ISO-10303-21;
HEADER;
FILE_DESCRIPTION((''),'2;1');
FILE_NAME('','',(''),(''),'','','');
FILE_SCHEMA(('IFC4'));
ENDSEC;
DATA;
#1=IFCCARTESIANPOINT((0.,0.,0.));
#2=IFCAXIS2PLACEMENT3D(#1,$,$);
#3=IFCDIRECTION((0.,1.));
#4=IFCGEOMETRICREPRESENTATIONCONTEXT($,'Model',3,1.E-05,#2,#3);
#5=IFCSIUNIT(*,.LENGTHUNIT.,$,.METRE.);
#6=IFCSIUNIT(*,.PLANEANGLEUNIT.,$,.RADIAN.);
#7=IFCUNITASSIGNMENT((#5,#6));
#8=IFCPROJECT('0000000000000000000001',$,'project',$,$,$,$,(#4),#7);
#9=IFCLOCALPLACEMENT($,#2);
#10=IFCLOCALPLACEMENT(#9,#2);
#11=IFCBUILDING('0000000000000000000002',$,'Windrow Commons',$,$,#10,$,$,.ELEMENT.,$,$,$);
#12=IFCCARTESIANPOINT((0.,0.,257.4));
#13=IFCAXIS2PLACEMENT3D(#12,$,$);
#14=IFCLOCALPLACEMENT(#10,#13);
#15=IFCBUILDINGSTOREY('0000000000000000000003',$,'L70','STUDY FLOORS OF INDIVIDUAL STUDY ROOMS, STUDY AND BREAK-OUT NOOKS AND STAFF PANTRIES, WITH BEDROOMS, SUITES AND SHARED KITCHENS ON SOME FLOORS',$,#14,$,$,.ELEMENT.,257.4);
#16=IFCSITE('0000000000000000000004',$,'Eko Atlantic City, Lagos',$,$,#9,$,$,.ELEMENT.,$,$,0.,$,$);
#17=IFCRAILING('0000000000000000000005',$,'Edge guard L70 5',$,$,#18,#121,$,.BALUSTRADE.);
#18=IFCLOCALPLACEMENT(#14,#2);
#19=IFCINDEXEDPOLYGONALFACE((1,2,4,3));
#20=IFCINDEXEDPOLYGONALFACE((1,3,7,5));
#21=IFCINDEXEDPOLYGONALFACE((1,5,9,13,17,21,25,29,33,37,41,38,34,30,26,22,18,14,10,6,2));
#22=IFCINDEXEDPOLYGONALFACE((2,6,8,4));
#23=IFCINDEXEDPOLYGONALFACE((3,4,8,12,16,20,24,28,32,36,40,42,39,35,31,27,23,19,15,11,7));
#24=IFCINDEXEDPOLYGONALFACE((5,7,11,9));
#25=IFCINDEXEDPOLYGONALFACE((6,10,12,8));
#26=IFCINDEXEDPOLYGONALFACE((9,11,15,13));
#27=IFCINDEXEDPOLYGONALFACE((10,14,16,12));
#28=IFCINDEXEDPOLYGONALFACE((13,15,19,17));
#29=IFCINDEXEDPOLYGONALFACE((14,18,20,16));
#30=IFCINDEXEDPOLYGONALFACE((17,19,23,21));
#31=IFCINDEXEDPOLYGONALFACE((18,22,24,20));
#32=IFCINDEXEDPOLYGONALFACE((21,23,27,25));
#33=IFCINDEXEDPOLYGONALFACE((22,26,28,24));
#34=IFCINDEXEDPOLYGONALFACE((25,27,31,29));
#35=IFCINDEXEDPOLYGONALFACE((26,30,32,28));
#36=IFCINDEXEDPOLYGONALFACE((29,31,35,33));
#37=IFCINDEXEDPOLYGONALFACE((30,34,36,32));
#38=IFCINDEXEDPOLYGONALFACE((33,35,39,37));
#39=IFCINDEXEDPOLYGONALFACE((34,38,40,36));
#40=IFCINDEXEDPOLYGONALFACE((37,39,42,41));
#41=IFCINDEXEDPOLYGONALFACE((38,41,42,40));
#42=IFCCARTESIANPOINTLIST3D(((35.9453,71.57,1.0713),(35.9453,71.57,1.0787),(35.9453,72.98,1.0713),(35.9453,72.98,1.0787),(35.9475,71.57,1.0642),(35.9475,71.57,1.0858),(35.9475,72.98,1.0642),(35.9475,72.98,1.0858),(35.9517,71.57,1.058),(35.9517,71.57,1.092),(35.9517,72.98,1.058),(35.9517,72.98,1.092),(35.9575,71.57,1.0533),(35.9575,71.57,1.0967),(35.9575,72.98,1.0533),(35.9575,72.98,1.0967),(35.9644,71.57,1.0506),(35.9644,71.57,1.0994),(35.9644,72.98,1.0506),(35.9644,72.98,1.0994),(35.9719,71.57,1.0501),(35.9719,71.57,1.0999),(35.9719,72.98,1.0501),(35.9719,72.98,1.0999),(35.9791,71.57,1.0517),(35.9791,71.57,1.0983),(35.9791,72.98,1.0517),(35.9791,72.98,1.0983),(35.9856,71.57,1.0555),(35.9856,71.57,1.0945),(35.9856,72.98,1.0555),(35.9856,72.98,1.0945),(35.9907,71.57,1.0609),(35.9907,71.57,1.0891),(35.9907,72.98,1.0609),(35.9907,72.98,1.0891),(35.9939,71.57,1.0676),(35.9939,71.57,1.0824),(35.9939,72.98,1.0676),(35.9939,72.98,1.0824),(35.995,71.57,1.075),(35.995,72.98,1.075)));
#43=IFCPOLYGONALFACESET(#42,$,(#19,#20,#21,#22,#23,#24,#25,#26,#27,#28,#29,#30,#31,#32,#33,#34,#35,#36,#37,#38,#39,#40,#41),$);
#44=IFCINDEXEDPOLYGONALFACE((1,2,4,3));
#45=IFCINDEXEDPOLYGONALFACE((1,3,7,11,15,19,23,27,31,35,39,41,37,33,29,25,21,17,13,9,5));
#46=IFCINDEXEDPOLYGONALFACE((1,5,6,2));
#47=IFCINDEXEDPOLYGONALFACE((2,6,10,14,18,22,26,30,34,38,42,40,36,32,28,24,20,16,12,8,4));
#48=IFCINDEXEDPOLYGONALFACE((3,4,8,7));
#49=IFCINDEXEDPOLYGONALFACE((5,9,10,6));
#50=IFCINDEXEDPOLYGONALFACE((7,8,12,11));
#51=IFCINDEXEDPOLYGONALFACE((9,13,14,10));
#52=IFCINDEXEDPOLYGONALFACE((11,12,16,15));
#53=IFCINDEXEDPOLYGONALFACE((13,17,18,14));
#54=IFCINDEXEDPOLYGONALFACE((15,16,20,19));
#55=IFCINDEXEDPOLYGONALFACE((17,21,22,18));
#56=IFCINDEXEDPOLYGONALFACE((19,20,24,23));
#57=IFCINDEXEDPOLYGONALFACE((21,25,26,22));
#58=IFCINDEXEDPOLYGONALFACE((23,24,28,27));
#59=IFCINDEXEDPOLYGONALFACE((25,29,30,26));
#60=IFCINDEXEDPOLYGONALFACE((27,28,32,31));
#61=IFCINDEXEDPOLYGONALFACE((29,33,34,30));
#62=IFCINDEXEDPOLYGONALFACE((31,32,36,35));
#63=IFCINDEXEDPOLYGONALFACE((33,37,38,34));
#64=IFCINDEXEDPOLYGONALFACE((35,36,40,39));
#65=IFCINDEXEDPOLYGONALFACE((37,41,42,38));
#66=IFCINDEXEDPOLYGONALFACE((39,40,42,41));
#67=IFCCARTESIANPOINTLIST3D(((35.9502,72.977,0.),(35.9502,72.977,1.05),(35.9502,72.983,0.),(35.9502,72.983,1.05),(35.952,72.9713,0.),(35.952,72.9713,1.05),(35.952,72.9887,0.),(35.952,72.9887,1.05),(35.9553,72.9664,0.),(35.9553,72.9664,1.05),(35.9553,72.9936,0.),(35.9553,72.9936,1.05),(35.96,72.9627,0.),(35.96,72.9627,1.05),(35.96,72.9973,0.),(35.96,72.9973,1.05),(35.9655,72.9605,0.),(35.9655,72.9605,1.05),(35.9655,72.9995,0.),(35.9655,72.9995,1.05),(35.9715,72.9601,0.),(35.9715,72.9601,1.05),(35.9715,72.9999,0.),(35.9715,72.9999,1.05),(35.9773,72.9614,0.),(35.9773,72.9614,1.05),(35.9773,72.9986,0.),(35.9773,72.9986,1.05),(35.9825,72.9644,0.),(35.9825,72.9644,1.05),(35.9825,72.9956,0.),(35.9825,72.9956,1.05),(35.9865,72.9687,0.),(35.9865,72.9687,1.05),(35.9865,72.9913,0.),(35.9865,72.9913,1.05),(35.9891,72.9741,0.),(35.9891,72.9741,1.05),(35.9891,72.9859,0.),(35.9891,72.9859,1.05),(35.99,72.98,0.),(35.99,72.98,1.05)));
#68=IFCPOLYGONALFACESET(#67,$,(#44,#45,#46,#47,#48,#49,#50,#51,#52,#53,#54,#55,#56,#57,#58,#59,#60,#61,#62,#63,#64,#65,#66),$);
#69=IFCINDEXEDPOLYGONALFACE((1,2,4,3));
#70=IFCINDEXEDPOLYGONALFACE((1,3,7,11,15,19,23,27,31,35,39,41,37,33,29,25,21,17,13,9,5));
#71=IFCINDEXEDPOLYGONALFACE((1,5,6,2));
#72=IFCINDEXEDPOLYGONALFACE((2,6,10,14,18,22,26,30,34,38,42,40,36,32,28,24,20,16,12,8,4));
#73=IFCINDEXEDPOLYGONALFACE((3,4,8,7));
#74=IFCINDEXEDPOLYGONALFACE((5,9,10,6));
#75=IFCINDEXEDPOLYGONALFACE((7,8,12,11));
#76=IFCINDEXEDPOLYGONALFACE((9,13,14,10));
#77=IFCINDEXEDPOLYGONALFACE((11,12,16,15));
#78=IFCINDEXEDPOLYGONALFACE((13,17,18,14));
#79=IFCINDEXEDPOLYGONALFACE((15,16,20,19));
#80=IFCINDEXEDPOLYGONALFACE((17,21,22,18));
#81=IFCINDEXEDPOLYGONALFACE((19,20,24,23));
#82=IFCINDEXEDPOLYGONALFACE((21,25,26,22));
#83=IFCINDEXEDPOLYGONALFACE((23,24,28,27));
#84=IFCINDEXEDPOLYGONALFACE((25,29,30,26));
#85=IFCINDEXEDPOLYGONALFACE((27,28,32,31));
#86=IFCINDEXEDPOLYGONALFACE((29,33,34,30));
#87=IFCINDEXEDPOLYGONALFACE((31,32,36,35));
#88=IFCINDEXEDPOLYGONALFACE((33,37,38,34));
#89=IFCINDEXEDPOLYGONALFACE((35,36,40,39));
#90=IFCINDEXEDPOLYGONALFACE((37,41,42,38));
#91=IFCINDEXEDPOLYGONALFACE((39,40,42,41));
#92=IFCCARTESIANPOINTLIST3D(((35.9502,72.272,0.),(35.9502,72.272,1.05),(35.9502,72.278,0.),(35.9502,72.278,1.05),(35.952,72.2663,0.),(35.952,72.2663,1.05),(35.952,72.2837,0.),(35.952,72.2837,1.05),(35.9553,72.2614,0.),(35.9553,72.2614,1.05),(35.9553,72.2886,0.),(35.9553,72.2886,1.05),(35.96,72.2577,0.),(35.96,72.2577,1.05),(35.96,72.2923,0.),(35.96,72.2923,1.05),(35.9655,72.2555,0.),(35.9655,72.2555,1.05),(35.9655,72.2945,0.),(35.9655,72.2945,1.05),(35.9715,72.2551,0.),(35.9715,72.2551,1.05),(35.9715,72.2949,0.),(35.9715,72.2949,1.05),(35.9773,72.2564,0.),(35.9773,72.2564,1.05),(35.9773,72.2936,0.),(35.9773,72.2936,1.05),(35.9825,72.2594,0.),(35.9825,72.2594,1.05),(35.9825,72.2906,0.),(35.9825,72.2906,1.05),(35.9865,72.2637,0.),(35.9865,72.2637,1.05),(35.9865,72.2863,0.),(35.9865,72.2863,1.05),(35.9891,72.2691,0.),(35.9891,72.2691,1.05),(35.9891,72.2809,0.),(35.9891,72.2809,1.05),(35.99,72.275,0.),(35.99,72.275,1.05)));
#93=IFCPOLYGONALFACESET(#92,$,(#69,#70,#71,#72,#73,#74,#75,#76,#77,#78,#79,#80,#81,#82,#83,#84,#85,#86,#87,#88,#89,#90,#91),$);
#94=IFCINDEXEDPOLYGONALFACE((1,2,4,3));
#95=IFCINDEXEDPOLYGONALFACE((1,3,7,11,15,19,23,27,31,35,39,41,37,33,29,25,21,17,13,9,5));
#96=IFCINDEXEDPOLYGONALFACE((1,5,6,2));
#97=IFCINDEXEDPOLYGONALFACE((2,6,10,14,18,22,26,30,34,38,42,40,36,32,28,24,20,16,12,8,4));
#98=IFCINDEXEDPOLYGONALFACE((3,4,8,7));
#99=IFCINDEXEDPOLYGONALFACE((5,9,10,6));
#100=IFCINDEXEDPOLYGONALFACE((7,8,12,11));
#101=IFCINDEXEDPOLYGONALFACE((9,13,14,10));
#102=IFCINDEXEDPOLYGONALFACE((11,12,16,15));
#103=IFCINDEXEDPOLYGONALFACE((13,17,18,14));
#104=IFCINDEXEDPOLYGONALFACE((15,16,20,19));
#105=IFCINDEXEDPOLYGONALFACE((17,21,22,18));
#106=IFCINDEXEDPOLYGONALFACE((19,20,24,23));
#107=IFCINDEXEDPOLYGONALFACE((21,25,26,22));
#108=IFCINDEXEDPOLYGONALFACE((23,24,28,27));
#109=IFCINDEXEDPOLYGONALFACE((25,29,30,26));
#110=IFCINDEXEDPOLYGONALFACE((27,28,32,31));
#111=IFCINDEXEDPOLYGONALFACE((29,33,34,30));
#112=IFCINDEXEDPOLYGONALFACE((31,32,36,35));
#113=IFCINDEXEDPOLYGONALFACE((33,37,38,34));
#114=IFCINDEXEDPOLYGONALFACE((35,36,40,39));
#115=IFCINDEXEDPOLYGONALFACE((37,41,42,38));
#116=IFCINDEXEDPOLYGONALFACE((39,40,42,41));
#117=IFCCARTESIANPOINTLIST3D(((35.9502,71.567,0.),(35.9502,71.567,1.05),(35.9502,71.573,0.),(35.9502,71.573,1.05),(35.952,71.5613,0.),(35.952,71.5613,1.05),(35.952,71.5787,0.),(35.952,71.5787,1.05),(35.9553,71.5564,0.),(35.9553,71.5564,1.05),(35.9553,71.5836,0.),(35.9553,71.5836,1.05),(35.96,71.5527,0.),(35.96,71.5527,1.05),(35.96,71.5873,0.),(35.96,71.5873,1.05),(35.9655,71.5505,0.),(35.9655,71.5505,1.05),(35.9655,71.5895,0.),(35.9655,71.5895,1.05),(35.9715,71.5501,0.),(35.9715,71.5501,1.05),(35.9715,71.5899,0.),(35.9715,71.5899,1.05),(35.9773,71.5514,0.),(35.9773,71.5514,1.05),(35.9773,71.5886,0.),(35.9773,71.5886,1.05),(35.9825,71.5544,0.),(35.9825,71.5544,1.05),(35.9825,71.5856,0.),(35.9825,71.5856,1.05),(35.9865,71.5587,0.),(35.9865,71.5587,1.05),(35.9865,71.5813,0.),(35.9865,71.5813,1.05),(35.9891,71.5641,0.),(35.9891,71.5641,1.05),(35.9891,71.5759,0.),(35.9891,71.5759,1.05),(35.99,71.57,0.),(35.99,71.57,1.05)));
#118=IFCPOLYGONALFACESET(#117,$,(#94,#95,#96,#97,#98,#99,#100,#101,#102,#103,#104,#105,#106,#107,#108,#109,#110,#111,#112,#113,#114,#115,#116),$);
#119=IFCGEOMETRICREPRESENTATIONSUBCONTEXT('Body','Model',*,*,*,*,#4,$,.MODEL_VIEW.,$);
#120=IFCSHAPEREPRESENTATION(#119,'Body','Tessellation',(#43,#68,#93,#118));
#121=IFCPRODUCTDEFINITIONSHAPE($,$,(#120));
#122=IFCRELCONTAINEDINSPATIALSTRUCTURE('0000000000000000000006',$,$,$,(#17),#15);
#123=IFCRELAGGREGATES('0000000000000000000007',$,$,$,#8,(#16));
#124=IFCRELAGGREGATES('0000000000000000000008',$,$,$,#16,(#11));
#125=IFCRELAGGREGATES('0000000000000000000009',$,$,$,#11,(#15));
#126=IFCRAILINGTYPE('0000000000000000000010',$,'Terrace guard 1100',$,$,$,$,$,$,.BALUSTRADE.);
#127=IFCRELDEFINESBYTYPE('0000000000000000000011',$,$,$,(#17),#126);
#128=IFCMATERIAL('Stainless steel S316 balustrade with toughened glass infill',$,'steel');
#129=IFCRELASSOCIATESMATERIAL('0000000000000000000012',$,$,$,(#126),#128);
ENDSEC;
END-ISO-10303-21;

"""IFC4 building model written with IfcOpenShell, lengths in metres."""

from ifc_helpers import new_model, si_unit, direction, frame, origin, origin_2d, place, context, subcontext, project, spatial, circle, extrude, material, type_object, element, save


model = new_model("IFC4")

# Units and contexts
model_context = context("Model", 3, precision=1e-05, world=origin(), true_north=direction((0.0, 1.0)))
body_context = subcontext(model_context, "Body", "Model", "MODEL_VIEW")
ifc_project = project(units=[si_unit("LENGTHUNIT", "METRE"), si_unit("PLANEANGLEUNIT", "RADIAN")], contexts=[model_context])

# Site, building, storey
site_placement = place(None, origin())
site = spatial("IfcSite", under=ifc_project, at=site_placement, Name="Eko Atlantic City, Lagos", CompositionType="ELEMENT", RefElevation=0.0)
building_placement = place(site_placement, origin())
building = spatial("IfcBuilding", under=site, at=building_placement, Name="Windrow Commons", CompositionType="ELEMENT")
storey_placement = place(building_placement, frame((0.0, 0.0, 257.4)))
storey = spatial("IfcBuildingStorey", under=building, at=storey_placement, Name="L70", Description="STUDY FLOORS OF INDIVIDUAL STUDY ROOMS, STUDY AND BREAK-OUT NOOKS AND STAFF PANTRIES, WITH BEDROOMS, SUITES AND SHARED KITCHENS ON SOME FLOORS", CompositionType="ELEMENT", Elevation=257.4)

# Railing
ifc_material_1 = material(Name="Stainless steel S316 balustrade with toughened glass infill", Category="steel")
railing_type_1 = type_object("IfcRailingType", Name="Terrace guard 1100", PredefinedType="BALUSTRADE", material=ifc_material_1)
railing_1_placement = place(storey_placement, frame((35.97, 72.98, 0.0)))
element("IfcRailing", 1, at=railing_1_placement, inside=storey, type_object=railing_type_1, Name="Edge guard L70 5", PredefinedType="BALUSTRADE", context=body_context, shape_type="SweptSolid", body=[
    extrude(circle(Radius=0.025, at=origin_2d()), frame((0.0, 0.0, 1.075), z_axis=(0.0, -1.0, 0.0), x_axis=(1.0, 0.0, 0.0)), (0.0, 0.0, 1.0), 1.41),
    extrude(circle(Radius=0.02, at=origin_2d()), origin(), (0.0, 0.0, 1.0), 1.05),
    extrude(circle(Radius=0.02, at=origin_2d()), frame((0.0, -0.705, 0.0)), (0.0, 0.0, 1.0), 1.05),
    extrude(circle(Radius=0.02, at=origin_2d()), frame((0.0, -1.41, 0.0)), (0.0, 0.0, 1.0), 1.05),
])

save(model, "model.ifc")
